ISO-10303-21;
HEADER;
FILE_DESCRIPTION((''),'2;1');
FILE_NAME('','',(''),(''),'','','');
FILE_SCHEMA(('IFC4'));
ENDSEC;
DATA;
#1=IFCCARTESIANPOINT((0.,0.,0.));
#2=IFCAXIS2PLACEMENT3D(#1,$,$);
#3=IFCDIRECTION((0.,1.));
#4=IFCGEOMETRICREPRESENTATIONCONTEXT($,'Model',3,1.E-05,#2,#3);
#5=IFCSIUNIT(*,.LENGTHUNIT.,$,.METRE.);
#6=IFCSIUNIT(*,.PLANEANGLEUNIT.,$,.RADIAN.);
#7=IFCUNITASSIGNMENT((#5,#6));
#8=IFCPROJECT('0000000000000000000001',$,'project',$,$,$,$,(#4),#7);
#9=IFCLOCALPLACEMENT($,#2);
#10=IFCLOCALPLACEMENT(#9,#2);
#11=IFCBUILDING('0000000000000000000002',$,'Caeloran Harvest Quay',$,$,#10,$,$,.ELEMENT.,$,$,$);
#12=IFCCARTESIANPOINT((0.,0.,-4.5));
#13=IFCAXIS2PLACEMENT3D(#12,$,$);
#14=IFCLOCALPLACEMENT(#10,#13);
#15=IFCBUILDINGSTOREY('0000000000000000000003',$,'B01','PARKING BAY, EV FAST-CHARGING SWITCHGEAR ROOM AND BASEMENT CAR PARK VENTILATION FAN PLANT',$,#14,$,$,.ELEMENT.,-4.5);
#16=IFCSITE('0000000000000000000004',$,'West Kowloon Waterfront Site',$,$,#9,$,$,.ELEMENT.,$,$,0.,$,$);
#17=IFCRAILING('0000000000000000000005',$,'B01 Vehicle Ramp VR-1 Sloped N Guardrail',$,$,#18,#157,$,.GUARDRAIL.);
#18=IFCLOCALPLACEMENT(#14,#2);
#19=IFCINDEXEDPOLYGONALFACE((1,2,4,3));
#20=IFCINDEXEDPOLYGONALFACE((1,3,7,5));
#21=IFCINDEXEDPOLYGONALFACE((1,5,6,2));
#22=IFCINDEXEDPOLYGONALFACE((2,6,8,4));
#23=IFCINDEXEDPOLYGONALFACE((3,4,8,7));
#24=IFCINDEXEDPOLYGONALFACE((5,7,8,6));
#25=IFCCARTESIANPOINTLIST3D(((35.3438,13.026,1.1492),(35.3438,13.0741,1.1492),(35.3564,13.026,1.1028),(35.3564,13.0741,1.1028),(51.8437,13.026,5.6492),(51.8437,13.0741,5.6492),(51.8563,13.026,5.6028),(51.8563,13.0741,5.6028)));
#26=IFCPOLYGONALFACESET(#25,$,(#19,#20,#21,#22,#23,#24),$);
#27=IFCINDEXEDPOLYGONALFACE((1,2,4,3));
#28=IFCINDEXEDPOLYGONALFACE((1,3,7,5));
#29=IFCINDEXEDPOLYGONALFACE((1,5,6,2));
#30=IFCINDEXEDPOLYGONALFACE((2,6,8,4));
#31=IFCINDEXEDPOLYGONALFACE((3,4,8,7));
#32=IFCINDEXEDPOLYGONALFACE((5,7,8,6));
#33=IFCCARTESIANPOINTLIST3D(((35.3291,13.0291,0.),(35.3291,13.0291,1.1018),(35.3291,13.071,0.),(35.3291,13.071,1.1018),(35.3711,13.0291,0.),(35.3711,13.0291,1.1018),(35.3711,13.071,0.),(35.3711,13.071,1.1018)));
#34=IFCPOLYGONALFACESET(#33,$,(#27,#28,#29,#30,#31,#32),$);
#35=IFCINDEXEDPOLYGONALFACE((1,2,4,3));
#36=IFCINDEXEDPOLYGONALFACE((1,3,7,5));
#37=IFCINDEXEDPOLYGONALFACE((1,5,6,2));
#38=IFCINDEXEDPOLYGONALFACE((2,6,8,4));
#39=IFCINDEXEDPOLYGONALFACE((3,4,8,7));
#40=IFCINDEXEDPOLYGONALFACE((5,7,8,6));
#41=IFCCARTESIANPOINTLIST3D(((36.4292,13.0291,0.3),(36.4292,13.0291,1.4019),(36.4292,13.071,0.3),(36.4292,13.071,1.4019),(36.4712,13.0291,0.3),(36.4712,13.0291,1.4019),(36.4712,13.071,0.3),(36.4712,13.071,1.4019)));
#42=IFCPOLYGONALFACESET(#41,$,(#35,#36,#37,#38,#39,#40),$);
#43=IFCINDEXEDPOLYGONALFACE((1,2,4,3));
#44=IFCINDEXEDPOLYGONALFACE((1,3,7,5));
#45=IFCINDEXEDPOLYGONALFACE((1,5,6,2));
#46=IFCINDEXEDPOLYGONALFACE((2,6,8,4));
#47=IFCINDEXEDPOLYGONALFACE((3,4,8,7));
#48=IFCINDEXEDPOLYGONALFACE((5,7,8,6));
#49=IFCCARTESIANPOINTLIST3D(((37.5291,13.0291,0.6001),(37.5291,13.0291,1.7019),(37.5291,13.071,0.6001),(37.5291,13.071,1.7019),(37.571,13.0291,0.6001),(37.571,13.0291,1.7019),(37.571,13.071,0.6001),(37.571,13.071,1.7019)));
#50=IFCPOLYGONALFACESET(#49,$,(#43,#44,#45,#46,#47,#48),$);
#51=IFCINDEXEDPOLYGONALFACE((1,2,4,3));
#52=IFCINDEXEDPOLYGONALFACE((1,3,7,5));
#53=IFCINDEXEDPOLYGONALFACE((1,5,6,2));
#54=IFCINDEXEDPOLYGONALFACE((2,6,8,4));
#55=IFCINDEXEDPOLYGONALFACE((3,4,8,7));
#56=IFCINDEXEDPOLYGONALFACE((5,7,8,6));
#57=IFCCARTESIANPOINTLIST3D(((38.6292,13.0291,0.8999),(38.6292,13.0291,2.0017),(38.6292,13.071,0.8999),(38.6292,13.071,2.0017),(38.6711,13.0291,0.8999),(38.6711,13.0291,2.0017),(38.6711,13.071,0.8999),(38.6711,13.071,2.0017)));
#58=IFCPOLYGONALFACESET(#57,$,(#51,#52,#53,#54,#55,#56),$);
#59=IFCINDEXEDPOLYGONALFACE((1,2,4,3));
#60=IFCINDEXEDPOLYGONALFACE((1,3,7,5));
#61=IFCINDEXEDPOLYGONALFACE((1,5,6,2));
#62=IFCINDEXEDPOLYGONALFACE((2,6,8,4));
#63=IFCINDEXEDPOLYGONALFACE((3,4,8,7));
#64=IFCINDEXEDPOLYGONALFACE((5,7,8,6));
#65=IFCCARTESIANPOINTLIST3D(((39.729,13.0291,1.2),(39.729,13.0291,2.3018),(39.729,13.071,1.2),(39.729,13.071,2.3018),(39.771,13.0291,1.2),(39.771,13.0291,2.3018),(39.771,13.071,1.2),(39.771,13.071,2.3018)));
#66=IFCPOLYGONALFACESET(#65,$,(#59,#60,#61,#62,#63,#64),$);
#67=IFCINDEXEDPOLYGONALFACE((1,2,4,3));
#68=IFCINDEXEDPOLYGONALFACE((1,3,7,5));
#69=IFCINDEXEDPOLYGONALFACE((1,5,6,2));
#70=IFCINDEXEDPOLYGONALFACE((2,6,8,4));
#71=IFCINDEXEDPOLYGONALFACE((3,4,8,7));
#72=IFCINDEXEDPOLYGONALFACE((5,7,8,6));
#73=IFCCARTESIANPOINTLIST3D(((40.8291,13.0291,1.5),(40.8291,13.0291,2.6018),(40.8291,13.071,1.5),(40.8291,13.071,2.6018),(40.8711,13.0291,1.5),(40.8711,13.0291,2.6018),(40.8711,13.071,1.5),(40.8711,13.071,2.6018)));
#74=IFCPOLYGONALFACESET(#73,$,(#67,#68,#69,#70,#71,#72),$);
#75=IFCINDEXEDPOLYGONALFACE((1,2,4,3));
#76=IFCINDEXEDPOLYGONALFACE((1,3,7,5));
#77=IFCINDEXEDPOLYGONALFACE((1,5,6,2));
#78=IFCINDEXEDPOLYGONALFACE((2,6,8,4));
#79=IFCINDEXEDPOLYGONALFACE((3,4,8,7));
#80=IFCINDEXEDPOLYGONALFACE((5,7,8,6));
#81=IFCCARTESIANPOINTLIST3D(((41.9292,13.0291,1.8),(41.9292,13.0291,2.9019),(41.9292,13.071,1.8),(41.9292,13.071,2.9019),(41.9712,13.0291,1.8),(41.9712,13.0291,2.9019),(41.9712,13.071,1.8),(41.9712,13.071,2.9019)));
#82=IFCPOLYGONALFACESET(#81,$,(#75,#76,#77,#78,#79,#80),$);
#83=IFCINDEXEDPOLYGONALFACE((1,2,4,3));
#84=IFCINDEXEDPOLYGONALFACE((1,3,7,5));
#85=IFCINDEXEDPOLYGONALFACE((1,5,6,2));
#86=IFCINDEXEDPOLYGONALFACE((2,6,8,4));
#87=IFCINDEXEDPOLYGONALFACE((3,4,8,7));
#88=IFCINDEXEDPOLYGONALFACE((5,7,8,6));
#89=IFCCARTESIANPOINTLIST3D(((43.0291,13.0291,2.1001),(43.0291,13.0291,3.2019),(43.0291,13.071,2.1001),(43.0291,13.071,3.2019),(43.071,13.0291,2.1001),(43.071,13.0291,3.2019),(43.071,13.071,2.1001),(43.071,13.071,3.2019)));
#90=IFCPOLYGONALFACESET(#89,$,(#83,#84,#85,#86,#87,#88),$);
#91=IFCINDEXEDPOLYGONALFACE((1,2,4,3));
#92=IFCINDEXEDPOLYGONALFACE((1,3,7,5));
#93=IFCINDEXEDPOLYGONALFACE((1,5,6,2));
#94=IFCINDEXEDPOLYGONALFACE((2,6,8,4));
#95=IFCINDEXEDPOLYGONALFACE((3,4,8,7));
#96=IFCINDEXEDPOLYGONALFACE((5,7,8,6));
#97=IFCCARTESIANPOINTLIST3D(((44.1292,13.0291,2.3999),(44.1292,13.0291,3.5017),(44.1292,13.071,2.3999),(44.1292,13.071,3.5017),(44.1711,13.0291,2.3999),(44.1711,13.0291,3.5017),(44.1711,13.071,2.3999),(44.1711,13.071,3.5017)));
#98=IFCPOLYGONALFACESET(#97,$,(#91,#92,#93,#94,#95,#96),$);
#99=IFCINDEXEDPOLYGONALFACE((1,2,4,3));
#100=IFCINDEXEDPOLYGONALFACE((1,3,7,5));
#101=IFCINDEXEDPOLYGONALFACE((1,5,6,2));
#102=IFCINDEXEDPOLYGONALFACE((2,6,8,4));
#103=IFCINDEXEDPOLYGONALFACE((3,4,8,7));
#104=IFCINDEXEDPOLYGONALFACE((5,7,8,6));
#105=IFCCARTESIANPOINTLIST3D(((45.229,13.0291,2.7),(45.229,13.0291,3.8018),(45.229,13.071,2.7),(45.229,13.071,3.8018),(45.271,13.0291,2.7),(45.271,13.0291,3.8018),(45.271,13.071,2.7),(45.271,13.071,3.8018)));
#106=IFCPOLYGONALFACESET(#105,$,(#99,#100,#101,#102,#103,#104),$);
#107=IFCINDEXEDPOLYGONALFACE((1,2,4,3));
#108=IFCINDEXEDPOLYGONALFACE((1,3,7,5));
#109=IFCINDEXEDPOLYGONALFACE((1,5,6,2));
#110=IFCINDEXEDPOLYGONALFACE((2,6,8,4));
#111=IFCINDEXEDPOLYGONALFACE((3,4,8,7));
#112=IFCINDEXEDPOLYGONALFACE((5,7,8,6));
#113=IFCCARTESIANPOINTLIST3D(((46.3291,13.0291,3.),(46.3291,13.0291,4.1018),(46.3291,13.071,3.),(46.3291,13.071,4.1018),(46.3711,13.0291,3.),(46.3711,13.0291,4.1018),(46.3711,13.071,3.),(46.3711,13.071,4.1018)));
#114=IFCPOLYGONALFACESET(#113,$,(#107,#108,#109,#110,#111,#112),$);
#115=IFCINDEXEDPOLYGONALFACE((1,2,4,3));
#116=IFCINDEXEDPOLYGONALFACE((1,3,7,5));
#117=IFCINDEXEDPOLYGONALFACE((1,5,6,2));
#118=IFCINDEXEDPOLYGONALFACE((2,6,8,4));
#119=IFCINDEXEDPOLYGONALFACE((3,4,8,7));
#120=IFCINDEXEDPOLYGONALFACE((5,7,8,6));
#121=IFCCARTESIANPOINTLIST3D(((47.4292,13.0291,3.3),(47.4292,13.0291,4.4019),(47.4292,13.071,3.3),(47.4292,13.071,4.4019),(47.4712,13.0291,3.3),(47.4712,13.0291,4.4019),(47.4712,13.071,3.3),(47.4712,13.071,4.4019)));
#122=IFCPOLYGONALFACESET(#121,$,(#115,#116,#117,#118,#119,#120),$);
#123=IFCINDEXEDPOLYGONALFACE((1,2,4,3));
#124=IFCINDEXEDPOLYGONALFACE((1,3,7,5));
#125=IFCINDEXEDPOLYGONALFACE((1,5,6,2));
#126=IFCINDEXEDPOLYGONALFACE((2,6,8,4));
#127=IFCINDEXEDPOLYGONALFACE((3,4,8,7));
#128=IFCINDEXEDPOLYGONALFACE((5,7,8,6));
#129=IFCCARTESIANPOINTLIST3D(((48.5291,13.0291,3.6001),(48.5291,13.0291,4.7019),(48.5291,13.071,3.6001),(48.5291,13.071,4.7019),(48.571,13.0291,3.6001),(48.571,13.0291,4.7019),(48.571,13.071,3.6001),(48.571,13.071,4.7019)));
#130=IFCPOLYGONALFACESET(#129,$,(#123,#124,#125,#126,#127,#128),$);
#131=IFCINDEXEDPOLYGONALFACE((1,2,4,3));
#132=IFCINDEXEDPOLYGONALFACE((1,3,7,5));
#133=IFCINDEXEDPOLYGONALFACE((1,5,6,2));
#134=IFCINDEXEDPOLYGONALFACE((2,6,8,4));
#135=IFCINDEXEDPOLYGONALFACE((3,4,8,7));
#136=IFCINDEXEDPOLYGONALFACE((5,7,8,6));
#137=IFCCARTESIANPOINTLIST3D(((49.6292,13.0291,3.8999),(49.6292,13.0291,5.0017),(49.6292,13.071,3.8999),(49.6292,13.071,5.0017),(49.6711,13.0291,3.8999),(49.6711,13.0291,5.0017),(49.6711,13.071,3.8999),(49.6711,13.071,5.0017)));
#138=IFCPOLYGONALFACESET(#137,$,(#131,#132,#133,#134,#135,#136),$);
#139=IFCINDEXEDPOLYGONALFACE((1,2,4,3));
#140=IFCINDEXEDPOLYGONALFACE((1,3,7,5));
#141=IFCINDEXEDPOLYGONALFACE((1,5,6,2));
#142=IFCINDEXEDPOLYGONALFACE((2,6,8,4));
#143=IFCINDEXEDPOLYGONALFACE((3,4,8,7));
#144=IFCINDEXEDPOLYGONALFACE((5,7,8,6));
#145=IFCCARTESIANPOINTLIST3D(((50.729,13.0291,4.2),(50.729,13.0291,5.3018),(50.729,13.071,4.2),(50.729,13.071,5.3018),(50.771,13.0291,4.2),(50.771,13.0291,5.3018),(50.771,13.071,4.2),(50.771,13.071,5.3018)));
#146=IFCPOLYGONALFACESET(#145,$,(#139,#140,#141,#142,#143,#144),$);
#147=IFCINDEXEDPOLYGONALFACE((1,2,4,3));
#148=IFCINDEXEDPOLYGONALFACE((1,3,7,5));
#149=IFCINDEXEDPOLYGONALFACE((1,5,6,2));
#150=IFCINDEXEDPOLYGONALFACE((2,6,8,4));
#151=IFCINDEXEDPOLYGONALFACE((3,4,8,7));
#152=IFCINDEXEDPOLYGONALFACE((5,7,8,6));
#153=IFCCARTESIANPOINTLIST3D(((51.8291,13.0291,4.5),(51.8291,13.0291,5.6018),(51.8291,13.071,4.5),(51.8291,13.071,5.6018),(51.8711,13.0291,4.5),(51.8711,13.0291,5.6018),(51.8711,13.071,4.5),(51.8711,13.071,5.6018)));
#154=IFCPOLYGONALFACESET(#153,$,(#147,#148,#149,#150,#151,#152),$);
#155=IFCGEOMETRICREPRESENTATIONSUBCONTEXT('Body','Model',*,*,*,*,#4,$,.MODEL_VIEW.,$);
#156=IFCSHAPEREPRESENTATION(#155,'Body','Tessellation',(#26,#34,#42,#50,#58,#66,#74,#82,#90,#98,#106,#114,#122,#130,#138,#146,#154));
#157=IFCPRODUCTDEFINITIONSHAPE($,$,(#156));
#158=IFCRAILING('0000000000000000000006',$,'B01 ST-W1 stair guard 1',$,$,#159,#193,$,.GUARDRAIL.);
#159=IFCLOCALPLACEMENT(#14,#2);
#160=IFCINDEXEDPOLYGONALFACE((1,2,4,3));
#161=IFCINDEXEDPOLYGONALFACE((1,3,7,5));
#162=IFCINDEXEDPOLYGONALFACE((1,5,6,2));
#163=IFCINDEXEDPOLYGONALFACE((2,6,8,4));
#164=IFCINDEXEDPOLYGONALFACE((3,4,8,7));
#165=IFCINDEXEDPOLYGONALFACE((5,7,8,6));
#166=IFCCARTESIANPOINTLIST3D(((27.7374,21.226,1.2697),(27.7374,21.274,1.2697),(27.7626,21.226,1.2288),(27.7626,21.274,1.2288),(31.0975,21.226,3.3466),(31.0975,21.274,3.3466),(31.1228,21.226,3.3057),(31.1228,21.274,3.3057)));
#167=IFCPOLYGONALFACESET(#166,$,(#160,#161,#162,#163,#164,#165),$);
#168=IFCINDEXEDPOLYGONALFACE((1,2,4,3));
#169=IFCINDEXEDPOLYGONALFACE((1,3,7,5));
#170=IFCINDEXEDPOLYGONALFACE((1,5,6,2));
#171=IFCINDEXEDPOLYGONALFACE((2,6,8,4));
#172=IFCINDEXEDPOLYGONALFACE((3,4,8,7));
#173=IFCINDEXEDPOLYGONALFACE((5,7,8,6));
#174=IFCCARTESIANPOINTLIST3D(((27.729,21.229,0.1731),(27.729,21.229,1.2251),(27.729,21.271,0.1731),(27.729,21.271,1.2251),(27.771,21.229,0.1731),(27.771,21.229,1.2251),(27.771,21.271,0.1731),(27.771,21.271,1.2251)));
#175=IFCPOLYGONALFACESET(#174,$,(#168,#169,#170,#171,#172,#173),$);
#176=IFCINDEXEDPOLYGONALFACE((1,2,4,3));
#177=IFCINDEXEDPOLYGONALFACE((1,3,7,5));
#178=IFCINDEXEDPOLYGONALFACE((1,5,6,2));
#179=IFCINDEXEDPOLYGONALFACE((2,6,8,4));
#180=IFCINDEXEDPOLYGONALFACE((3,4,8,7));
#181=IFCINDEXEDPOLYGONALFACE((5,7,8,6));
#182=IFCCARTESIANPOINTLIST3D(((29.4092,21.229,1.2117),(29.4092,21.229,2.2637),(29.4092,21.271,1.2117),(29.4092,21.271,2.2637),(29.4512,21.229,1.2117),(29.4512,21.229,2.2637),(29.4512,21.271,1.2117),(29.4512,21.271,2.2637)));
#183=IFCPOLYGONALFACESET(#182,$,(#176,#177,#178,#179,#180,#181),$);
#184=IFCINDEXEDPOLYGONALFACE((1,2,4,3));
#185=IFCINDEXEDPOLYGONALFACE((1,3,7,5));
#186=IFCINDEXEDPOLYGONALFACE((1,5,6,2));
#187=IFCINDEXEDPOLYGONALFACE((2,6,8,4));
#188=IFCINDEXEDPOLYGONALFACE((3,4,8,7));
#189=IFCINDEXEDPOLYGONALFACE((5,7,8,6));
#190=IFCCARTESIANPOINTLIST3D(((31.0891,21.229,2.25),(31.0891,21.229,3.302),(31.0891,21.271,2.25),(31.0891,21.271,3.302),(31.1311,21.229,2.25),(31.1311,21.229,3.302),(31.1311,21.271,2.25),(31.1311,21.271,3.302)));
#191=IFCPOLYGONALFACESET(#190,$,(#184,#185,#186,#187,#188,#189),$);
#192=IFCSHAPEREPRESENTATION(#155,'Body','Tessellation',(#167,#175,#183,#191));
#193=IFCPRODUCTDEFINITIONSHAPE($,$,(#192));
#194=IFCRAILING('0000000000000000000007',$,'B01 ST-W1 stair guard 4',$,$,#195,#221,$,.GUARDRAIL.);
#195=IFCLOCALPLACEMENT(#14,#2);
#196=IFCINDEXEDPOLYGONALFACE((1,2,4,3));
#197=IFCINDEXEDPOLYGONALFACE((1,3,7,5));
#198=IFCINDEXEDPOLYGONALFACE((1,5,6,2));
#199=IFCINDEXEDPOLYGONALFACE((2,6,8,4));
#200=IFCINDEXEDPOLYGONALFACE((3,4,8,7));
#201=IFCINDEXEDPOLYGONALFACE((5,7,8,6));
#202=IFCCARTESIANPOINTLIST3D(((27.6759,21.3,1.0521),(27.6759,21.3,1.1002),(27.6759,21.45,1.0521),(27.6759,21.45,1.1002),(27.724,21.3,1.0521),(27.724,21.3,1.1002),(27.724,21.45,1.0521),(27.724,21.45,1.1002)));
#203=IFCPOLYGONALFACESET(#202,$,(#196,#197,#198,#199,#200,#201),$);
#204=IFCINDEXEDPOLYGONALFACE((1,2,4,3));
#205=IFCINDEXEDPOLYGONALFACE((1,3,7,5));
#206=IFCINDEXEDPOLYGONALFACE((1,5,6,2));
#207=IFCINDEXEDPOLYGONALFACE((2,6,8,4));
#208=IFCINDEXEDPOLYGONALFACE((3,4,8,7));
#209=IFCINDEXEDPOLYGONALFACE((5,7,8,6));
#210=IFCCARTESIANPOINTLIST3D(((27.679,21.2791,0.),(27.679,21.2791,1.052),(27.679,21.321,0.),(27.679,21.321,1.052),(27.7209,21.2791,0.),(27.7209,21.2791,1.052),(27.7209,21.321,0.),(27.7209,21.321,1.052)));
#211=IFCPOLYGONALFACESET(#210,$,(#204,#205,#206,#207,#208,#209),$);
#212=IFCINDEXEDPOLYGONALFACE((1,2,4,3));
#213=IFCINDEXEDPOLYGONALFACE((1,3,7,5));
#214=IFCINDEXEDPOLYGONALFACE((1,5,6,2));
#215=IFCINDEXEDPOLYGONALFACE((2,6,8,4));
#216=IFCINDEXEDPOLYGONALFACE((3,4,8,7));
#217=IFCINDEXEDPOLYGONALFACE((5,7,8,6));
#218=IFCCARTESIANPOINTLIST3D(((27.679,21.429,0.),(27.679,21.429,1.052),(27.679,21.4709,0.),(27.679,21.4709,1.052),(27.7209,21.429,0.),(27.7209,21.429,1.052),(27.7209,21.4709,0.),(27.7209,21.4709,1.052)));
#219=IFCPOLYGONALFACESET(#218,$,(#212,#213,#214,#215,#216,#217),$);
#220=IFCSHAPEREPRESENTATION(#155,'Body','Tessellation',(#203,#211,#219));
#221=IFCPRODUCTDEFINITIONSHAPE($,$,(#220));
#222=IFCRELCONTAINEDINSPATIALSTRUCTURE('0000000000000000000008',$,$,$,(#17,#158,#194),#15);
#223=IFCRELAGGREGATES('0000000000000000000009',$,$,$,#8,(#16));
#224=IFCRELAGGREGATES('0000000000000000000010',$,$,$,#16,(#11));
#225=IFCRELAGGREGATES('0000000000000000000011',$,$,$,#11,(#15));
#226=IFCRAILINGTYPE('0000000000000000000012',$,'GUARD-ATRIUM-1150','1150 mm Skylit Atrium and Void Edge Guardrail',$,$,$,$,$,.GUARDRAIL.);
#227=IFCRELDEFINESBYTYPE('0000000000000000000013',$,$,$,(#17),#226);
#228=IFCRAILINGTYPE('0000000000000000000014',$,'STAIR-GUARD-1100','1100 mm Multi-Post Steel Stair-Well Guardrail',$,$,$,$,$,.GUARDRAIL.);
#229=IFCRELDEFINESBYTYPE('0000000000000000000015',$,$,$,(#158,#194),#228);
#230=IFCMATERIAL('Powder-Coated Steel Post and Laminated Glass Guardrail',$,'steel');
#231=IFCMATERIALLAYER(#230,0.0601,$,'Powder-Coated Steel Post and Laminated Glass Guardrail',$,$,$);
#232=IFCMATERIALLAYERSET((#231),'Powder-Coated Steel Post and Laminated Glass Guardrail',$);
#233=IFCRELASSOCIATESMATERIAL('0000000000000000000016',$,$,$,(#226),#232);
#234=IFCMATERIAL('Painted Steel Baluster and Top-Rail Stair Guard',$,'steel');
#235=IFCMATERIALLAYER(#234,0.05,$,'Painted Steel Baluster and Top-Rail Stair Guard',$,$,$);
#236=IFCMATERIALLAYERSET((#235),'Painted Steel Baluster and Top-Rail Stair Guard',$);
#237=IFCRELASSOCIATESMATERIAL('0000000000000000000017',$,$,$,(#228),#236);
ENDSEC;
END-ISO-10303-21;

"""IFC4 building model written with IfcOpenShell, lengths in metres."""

from ifc_helpers import new_model, si_unit, direction, frame, origin, origin_2d, place, context, subcontext, project, spatial, rectangle, extrude, material, layer, layer_set, type_object, element, save


model = new_model("IFC4")

# Units and contexts
model_context = context("Model", 3, precision=1e-05, world=origin(), true_north=direction((0.0, 1.0)))
body_context = subcontext(model_context, "Body", "Model", "MODEL_VIEW")
ifc_project = project(units=[si_unit("LENGTHUNIT", "METRE"), si_unit("PLANEANGLEUNIT", "RADIAN")], contexts=[model_context])

# Site, building, storey
site_placement = place(None, origin())
site = spatial("IfcSite", under=ifc_project, at=site_placement, Name="West Kowloon Waterfront Site", CompositionType="ELEMENT", RefElevation=0.0)
building_placement = place(site_placement, origin())
building = spatial("IfcBuilding", under=site, at=building_placement, Name="Caeloran Harvest Quay", CompositionType="ELEMENT")
storey_placement = place(building_placement, frame((0.0, 0.0, -4.5)))
storey = spatial("IfcBuildingStorey", under=building, at=storey_placement, Name="B01", Description="PARKING BAY, EV FAST-CHARGING SWITCHGEAR ROOM AND BASEMENT CAR PARK VENTILATION FAN PLANT", CompositionType="ELEMENT", Elevation=-4.5)

# Railings
ifc_material_1 = material(Name="Powder-Coated Steel Post and Laminated Glass Guardrail", Category="steel")
ifc_layer_1 = layer(ifc_material_1, 0.0601, Name="Powder-Coated Steel Post and Laminated Glass Guardrail")
ifc_layer_set_1 = layer_set([ifc_layer_1], Name="Powder-Coated Steel Post and Laminated Glass Guardrail")
railing_type_1 = type_object("IfcRailingType", Name="GUARD-ATRIUM-1150", Description="1150 mm Skylit Atrium and Void Edge Guardrail", PredefinedType="GUARDRAIL", material=ifc_layer_set_1)
railing_1_placement = place(storey_placement, frame((35.3501, 13.05, 0.0)))
element("IfcRailing", 1, at=railing_1_placement, inside=storey, type_object=railing_type_1, Name="B01 Vehicle Ramp VR-1 Sloped N Guardrail", PredefinedType="GUARDRAIL", context=body_context, shape_type="SweptSolid", body=[
    extrude(rectangle(XDim=0.0481, YDim=0.0481, at=origin_2d()), frame((0.0, 0.0, 1.126), z_axis=(0.964764, 0.0, 0.263117), x_axis=(0.0, 1.0, 0.0)), (0.0, 0.0, 1.0), 17.1025),
    extrude(rectangle(XDim=0.042, YDim=0.042, at=origin_2d()), origin(), (0.0, 0.0, 1.0), 1.1018),
    extrude(rectangle(XDim=0.042, YDim=0.042, at=origin_2d()), frame((1.1001, 0.0, 0.3)), (0.0, 0.0, 1.0), 1.1018),
    extrude(rectangle(XDim=0.042, YDim=0.042, at=origin_2d()), frame((2.2, 0.0, 0.6001)), (0.0, 0.0, 1.0), 1.1018),
    extrude(rectangle(XDim=0.042, YDim=0.042, at=origin_2d()), frame((3.3, 0.0, 0.8999)), (0.0, 0.0, 1.0), 1.1018),
    extrude(rectangle(XDim=0.042, YDim=0.042, at=origin_2d()), frame((4.3999, 0.0, 1.2)), (0.0, 0.0, 1.0), 1.1018),
    extrude(rectangle(XDim=0.042, YDim=0.042, at=origin_2d()), frame((5.5, 0.0, 1.5)), (0.0, 0.0, 1.0), 1.1018),
    extrude(rectangle(XDim=0.042, YDim=0.042, at=origin_2d()), frame((6.6001, 0.0, 1.8)), (0.0, 0.0, 1.0), 1.1018),
    extrude(rectangle(XDim=0.042, YDim=0.042, at=origin_2d()), frame((7.7, 0.0, 2.1001)), (0.0, 0.0, 1.0), 1.1018),
    extrude(rectangle(XDim=0.042, YDim=0.042, at=origin_2d()), frame((8.8, 0.0, 2.3999)), (0.0, 0.0, 1.0), 1.1018),
    extrude(rectangle(XDim=0.042, YDim=0.042, at=origin_2d()), frame((9.8999, 0.0, 2.7)), (0.0, 0.0, 1.0), 1.1018),
    extrude(rectangle(XDim=0.042, YDim=0.042, at=origin_2d()), frame((11.0, 0.0, 3.0)), (0.0, 0.0, 1.0), 1.1018),
    extrude(rectangle(XDim=0.042, YDim=0.042, at=origin_2d()), frame((12.1001, 0.0, 3.3)), (0.0, 0.0, 1.0), 1.1018),
    extrude(rectangle(XDim=0.042, YDim=0.042, at=origin_2d()), frame((13.2, 0.0, 3.6001)), (0.0, 0.0, 1.0), 1.1018),
    extrude(rectangle(XDim=0.042, YDim=0.042, at=origin_2d()), frame((14.3, 0.0, 3.8999)), (0.0, 0.0, 1.0), 1.1018),
    extrude(rectangle(XDim=0.042, YDim=0.042, at=origin_2d()), frame((15.3999, 0.0, 4.2)), (0.0, 0.0, 1.0), 1.1018),
    extrude(rectangle(XDim=0.042, YDim=0.042, at=origin_2d()), frame((16.5, 0.0, 4.5)), (0.0, 0.0, 1.0), 1.1018),
])
ifc_material_2 = material(Name="Painted Steel Baluster and Top-Rail Stair Guard", Category="steel")
ifc_layer_2 = layer(ifc_material_2, 0.05, Name="Painted Steel Baluster and Top-Rail Stair Guard")
ifc_layer_set_2 = layer_set([ifc_layer_2], Name="Painted Steel Baluster and Top-Rail Stair Guard")
railing_type_2 = type_object("IfcRailingType", Name="STAIR-GUARD-1100", Description="1100 mm Multi-Post Steel Stair-Well Guardrail", PredefinedType="GUARDRAIL", material=ifc_layer_set_2)
railing_2_placement = place(storey_placement, frame((27.75, 21.25, 0.1731)))
element("IfcRailing", 2, at=railing_2_placement, inside=storey, type_object=railing_type_2, Name="B01 ST-W1 stair guard 1", PredefinedType="GUARDRAIL", context=body_context, shape_type="SweptSolid", body=[
    extrude(rectangle(XDim=0.0481, YDim=0.0481, at=origin_2d()), frame((0.0, 0.0, 1.0762), z_axis=(0.850623, 0.0, 0.525776), x_axis=(0.0, 1.0, 0.0)), (0.0, 0.0, 1.0), 3.9502),
    extrude(rectangle(XDim=0.042, YDim=0.042, at=origin_2d()), origin(), (0.0, 0.0, 1.0), 1.052),
    extrude(rectangle(XDim=0.042, YDim=0.042, at=origin_2d()), frame((1.6802, 0.0, 1.0386)), (0.0, 0.0, 1.0), 1.052),
    extrude(rectangle(XDim=0.042, YDim=0.042, at=origin_2d()), frame((3.3601, 0.0, 2.0769)), (0.0, 0.0, 1.0), 1.052),
])
railing_3_placement = place(storey_placement, frame((27.7, 21.3, 0.0)))
element("IfcRailing", 3, at=railing_3_placement, inside=storey, type_object=railing_type_2, Name="B01 ST-W1 stair guard 4", PredefinedType="GUARDRAIL", context=body_context, shape_type="SweptSolid", body=[
    extrude(rectangle(XDim=0.0481, YDim=0.0481, at=origin_2d()), frame((0.0, 0.0, 1.0762), z_axis=(0.0, 1.0, 0.0), x_axis=(-1.0, 0.0, 0.0)), (0.0, 0.0, 1.0), 0.1499),
    extrude(rectangle(XDim=0.042, YDim=0.042, at=origin_2d()), origin(), (0.0, 0.0, 1.0), 1.052),
    extrude(rectangle(XDim=0.042, YDim=0.042, at=origin_2d()), frame((0.0, 0.1499, 0.0)), (0.0, 0.0, 1.0), 1.052),
])

save(model, "model.ifc")
